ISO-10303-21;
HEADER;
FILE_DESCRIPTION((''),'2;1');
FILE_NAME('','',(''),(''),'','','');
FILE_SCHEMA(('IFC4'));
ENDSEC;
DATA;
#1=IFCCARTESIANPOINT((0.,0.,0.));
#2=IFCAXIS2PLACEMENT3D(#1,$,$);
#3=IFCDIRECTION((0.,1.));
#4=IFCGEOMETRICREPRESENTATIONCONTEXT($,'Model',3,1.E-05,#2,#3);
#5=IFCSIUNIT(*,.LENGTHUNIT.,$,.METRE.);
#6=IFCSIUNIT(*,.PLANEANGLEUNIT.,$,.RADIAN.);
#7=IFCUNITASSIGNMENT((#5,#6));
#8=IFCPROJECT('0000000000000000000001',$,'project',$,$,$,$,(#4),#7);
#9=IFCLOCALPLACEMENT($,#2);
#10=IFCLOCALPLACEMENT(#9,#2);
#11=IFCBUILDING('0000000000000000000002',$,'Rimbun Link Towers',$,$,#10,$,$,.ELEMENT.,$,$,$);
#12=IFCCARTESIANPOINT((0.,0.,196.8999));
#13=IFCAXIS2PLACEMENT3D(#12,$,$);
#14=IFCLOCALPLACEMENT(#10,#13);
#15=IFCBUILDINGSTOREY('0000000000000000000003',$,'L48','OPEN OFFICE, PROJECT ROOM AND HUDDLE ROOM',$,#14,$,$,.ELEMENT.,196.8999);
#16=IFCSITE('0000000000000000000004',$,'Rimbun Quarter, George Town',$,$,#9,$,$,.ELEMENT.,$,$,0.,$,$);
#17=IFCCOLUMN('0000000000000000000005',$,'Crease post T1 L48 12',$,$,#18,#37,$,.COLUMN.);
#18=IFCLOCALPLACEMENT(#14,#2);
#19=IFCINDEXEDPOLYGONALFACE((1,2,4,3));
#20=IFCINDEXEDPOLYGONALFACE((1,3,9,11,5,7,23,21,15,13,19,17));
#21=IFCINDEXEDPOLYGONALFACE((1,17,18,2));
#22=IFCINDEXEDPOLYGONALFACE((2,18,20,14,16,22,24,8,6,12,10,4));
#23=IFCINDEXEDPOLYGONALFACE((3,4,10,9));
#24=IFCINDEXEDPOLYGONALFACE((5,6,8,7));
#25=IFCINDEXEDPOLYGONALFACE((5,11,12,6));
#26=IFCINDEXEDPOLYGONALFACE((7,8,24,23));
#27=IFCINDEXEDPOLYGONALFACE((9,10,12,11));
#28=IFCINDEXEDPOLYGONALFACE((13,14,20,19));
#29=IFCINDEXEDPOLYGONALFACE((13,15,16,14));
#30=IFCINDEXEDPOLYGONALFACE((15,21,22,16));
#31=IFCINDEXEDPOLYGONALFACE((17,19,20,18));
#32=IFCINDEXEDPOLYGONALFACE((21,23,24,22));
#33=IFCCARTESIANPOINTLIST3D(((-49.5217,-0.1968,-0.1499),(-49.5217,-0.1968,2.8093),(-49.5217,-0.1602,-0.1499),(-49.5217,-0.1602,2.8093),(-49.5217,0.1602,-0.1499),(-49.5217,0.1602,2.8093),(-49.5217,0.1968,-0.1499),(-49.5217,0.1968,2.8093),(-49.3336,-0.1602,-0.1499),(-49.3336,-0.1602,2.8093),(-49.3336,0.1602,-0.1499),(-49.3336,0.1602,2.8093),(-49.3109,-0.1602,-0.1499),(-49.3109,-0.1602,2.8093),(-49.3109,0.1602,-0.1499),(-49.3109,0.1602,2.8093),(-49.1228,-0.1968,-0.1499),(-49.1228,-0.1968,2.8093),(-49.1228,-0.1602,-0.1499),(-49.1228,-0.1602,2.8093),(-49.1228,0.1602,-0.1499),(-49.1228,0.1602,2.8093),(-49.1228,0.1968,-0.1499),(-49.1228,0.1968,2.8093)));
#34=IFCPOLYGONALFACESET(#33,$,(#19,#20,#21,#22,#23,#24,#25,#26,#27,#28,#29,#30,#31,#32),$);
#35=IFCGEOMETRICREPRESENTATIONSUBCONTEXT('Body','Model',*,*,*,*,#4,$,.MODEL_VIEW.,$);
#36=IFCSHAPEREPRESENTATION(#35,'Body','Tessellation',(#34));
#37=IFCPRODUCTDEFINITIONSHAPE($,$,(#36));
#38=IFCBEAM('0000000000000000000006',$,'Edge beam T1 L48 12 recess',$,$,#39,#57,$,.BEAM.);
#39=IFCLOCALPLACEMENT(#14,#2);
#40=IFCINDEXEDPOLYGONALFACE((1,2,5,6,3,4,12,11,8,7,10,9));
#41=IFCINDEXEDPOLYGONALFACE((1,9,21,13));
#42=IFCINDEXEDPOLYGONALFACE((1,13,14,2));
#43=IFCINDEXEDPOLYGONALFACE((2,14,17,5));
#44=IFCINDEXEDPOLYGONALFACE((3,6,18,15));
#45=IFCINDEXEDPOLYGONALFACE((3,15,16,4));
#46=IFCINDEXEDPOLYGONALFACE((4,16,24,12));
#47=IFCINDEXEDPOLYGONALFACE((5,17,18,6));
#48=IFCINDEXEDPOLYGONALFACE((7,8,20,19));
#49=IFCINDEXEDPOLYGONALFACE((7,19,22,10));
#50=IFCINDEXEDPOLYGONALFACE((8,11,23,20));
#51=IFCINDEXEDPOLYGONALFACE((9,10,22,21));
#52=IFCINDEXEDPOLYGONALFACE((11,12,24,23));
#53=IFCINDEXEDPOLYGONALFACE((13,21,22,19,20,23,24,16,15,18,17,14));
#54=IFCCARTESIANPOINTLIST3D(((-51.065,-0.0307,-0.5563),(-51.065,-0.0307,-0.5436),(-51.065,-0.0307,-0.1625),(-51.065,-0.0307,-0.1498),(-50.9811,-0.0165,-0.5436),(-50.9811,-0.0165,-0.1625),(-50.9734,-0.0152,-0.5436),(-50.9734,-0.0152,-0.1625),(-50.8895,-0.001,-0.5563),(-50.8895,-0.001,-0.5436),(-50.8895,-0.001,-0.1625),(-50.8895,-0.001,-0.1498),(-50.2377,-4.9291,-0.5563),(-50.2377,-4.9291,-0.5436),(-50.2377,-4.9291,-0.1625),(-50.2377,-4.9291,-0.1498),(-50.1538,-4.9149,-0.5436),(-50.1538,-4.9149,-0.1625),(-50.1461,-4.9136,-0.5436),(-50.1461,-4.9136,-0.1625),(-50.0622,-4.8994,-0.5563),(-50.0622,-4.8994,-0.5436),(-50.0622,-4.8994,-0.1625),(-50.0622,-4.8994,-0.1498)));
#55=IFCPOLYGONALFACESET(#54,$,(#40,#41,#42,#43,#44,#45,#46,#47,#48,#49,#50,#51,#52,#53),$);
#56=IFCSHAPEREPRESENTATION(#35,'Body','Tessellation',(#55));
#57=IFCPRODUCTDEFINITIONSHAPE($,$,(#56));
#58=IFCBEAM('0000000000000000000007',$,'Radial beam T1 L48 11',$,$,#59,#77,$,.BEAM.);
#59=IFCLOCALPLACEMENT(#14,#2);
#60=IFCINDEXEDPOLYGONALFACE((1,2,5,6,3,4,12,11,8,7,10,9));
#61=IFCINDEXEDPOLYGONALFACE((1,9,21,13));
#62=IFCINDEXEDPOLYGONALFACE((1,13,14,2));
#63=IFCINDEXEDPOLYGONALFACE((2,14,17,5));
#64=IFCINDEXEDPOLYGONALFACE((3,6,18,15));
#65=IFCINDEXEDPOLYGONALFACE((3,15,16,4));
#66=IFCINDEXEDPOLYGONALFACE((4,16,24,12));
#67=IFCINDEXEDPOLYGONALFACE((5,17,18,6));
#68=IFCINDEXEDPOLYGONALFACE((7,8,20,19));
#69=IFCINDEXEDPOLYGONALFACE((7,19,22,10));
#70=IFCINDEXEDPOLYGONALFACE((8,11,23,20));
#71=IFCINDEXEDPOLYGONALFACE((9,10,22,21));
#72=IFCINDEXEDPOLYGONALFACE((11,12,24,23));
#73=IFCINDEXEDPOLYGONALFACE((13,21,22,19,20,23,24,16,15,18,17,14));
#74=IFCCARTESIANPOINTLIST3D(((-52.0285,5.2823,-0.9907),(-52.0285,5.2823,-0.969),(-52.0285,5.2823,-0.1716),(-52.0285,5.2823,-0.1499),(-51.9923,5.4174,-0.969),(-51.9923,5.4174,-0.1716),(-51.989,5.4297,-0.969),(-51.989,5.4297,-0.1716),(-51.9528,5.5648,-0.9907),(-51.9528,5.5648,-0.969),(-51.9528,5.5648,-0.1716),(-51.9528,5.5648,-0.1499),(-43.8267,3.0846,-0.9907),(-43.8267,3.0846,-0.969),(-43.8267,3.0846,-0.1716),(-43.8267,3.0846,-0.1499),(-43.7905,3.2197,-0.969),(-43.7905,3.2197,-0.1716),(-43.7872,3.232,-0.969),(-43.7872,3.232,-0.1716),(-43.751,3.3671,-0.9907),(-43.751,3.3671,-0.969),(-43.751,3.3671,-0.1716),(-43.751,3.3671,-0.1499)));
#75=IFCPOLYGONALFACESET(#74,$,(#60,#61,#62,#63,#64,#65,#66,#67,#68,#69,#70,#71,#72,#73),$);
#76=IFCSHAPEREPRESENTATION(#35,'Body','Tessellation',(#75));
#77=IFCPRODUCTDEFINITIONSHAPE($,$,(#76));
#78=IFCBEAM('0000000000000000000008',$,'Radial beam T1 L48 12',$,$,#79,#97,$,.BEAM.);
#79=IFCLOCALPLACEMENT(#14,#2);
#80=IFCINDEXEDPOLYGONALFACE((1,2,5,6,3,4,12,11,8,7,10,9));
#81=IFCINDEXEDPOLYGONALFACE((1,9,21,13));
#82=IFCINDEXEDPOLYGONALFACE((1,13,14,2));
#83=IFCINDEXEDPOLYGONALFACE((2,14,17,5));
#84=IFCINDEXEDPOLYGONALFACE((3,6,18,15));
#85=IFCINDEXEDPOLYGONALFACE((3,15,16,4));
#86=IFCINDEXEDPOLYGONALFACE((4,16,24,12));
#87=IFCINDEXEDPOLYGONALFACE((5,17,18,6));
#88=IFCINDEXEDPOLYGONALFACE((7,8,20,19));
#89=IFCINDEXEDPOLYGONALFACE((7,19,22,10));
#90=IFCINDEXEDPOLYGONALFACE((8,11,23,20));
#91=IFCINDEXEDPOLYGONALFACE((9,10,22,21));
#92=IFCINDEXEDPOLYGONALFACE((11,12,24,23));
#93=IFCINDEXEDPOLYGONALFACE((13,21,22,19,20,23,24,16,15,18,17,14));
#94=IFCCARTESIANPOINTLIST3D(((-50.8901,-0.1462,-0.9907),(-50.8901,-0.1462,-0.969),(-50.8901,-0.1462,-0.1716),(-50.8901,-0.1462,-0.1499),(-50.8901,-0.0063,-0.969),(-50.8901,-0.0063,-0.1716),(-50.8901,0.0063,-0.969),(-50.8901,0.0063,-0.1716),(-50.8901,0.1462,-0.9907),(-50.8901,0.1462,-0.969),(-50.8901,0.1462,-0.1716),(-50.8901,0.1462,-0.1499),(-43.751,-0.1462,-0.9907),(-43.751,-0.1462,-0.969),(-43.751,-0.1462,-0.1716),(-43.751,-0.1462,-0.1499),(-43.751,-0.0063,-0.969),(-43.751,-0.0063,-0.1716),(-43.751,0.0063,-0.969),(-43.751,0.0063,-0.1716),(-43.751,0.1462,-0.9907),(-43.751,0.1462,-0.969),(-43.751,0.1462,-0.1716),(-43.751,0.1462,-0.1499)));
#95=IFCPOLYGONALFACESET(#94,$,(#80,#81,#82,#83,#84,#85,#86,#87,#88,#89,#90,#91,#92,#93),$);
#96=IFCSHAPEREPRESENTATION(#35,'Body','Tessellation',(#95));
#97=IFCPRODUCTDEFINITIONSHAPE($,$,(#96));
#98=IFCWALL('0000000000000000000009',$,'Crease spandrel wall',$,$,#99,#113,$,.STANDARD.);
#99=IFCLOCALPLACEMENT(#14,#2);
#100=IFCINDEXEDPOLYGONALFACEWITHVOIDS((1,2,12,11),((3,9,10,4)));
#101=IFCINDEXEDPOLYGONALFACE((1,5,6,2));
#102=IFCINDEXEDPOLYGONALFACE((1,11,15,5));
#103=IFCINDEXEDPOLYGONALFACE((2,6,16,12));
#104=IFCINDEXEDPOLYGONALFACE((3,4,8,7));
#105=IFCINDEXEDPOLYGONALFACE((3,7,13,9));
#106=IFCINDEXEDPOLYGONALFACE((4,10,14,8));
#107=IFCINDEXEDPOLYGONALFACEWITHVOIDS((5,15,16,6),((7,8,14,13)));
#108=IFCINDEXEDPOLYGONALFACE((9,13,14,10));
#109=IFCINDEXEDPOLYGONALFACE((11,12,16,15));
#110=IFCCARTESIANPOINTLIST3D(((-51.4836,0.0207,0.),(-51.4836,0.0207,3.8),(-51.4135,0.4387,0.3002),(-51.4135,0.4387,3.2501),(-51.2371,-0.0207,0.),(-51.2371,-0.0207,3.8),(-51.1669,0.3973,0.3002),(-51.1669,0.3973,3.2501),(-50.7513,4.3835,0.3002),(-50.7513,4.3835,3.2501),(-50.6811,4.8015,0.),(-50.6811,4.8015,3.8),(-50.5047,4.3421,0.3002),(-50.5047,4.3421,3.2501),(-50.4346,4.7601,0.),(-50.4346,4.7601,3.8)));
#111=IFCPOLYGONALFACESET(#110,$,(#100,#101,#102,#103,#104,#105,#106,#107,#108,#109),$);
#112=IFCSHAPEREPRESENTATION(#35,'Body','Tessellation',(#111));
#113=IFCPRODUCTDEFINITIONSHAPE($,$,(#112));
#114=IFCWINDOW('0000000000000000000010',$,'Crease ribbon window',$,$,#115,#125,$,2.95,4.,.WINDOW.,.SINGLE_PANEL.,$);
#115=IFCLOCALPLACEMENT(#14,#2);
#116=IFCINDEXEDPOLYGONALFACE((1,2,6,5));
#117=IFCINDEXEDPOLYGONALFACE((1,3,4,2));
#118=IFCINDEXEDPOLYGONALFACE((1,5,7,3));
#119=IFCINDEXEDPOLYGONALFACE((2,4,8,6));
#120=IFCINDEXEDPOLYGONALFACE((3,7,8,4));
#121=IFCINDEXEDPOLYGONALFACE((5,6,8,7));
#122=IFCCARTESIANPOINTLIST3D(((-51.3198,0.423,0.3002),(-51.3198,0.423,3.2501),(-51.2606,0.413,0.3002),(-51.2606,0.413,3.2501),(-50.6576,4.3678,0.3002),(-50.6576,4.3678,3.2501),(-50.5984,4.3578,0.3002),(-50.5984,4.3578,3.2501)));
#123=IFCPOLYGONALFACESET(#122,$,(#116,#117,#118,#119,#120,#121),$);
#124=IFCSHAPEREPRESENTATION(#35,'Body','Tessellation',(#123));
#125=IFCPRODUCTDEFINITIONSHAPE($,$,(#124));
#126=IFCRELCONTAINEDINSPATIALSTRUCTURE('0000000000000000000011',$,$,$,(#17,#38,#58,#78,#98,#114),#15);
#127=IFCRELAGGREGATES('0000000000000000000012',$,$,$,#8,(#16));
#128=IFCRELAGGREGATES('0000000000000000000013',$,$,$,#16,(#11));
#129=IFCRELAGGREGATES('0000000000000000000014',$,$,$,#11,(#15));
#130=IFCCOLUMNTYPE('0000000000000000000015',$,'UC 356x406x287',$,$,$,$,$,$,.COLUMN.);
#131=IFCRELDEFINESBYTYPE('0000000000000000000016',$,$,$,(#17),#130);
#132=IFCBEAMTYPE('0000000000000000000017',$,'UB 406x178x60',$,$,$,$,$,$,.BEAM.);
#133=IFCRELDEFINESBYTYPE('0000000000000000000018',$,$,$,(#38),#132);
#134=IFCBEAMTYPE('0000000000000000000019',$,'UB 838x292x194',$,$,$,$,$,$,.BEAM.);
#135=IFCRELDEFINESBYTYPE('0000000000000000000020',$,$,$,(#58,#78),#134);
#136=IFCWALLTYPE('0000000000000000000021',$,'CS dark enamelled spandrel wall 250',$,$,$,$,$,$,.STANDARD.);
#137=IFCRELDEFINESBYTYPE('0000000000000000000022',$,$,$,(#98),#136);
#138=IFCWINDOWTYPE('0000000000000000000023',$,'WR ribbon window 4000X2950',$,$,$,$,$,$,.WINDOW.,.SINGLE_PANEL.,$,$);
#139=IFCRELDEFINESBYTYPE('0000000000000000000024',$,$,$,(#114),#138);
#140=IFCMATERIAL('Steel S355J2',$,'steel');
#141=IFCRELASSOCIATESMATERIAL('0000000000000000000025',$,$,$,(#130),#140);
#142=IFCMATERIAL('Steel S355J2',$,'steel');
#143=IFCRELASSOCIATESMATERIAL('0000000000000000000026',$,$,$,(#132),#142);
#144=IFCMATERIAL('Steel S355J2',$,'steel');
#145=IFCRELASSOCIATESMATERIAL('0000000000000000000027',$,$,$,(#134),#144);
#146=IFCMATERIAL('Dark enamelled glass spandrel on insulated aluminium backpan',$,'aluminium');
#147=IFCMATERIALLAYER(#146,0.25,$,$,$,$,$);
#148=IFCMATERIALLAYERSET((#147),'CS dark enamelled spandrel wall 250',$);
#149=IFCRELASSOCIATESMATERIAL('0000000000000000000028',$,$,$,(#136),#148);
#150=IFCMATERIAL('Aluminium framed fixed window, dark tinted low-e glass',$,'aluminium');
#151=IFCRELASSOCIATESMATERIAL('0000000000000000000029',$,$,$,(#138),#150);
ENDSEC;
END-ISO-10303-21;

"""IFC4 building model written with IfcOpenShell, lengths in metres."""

from ifc_helpers import new_model, si_unit, direction, frame, frame_2d, origin, origin_2d, place, context, subcontext, project, spatial, rectangle, i_section, extrude, material, layer, layer_set, material_profile, profile_set, type_object, element, fill, save


model = new_model("IFC4")

# Units and contexts
model_context = context("Model", 3, precision=1e-05, world=origin(), true_north=direction((0.0, 1.0)))
body_context = subcontext(model_context, "Body", "Model", "MODEL_VIEW")
ifc_project = project(units=[si_unit("LENGTHUNIT", "METRE"), si_unit("PLANEANGLEUNIT", "RADIAN")], contexts=[model_context])

# Site, building, storey
site_placement = place(None, origin())
site = spatial("IfcSite", under=ifc_project, at=site_placement, Name="Rimbun Quarter, George Town", CompositionType="ELEMENT", RefElevation=0.0)
building_placement = place(site_placement, origin())
building = spatial("IfcBuilding", under=site, at=building_placement, Name="Rimbun Link Towers", CompositionType="ELEMENT")
storey_placement = place(building_placement, frame((0.0, 0.0, 196.8999)))
storey = spatial("IfcBuildingStorey", under=building, at=storey_placement, Name="L48", Description="OPEN OFFICE, PROJECT ROOM AND HUDDLE ROOM", CompositionType="ELEMENT", Elevation=196.8999)

# Column
ifc_material_1 = material(Name="Steel S355J2", Category="steel")
ifc_material_profile_1 = material_profile(ifc_material_1, i_section(OverallWidth=0.3989, OverallDepth=0.3936, WebThickness=0.0227, FlangeThickness=0.0366, at=origin_2d()), Name="UC 356x406x287")
ifc_profile_set_1 = profile_set([ifc_material_profile_1], Name="Steel S355J2")
column_type = type_object("IfcColumnType", Name="UC 356x406x287", PredefinedType="COLUMN", material=ifc_profile_set_1)
column_placement = place(storey_placement, frame((-49.3223, 0.0, -0.1499), z_axis=(0.0, 0.0, 1.0), x_axis=(1.0, 0.0, 0.0)))
element("IfcColumn", 1, at=column_placement, inside=storey, type_object=column_type, Name="Crease post T1 L48 12", PredefinedType="COLUMN", context=body_context, shape_type="SweptSolid", body=[
    extrude(i_section(OverallWidth=0.3989, OverallDepth=0.3936, WebThickness=0.0227, FlangeThickness=0.0366, at=origin_2d()), origin(), (0.0, 0.0, 1.0), 2.9592),
])

# Beams
ifc_material_2 = material(Name="Steel S355J2", Category="steel")
ifc_material_profile_2 = material_profile(ifc_material_2, i_section(OverallWidth=0.178, OverallDepth=0.4065, WebThickness=0.0078, FlangeThickness=0.0127, at=origin_2d()), Name="UB 406x178x60")
ifc_profile_set_2 = profile_set([ifc_material_profile_2], Name="Steel S355J2")
beam_type_1 = type_object("IfcBeamType", Name="UB 406x178x60", PredefinedType="BEAM", material=ifc_profile_set_2)
beam_1_placement = place(storey_placement, frame((-50.9773, -0.0159, -0.353), z_axis=(0.16655, -0.986033, 0.0), x_axis=(0.986033, 0.16655, 0.0)))
element("IfcBeam", 2, at=beam_1_placement, inside=storey, type_object=beam_type_1, Name="Edge beam T1 L48 12 recess", PredefinedType="BEAM", context=body_context, shape_type="SweptSolid", body=[
    extrude(i_section(OverallWidth=0.178, OverallDepth=0.4065, WebThickness=0.0078, FlangeThickness=0.0127, at=origin_2d()), origin(), (0.0, 0.0, 1.0), 4.9678),
])
ifc_material_3 = material(Name="Steel S355J2", Category="steel")
ifc_material_profile_3 = material_profile(ifc_material_3, i_section(OverallWidth=0.2925, OverallDepth=0.8408, WebThickness=0.0127, FlangeThickness=0.0217, at=origin_2d()), Name="UB 838x292x194")
ifc_profile_set_3 = profile_set([ifc_material_profile_3], Name="Steel S355J2")
beam_type_2 = type_object("IfcBeamType", Name="UB 838x292x194", PredefinedType="BEAM", material=ifc_profile_set_3)
beam_2_placement = place(storey_placement, frame((-43.7888, 3.2258, -0.5703), z_axis=(-0.965924, 0.258826, 0.0), x_axis=(-0.258826, -0.965924, 0.0)))
element("IfcBeam", 3, at=beam_2_placement, inside=storey, type_object=beam_type_2, Name="Radial beam T1 L48 11", PredefinedType="BEAM", context=body_context, shape_type="SweptSolid", body=[
    extrude(i_section(OverallWidth=0.2925, OverallDepth=0.8408, WebThickness=0.0127, FlangeThickness=0.0217, at=origin_2d()), origin(), (0.0, 0.0, 1.0), 8.4912),
])
beam_3_placement = place(storey_placement, frame((-43.751, 0.0, -0.5703), z_axis=(-1.0, 0.0, 0.0), x_axis=(0.0, -1.0, 0.0)))
element("IfcBeam", 4, at=beam_3_placement, inside=storey, type_object=beam_type_2, Name="Radial beam T1 L48 12", PredefinedType="BEAM", context=body_context, shape_type="SweptSolid", body=[
    extrude(i_section(OverallWidth=0.2925, OverallDepth=0.8408, WebThickness=0.0127, FlangeThickness=0.0217, at=origin_2d()), origin(), (0.0, 0.0, 1.0), 7.1392),
])

# Wall, opening, window
ifc_material_4 = material(Name="Dark enamelled glass spandrel on insulated aluminium backpan", Category="aluminium")
ifc_layer_1 = layer(ifc_material_4, 0.25)
ifc_layer_set_1 = layer_set([ifc_layer_1], Name="CS dark enamelled spandrel wall 250")
wall_type_1 = type_object("IfcWallType", Name="CS dark enamelled spandrel wall 250", PredefinedType="STANDARD", material=ifc_layer_set_1)
wall_1_placement = place(storey_placement, frame((-51.3604, 0.0, 0.0), z_axis=(0.0, 0.0, 1.0), x_axis=(0.165542, 0.986203, 0.0)))
wall_1 = element("IfcWall", 5, at=wall_1_placement, inside=storey, type_object=wall_type_1, Name="Crease spandrel wall", PredefinedType="STANDARD", context=body_context, shape_type="SweptSolid", body=[
    extrude(rectangle(XDim=4.8477, YDim=0.25, at=frame_2d((2.4238, 0.0))), origin(), (0.0, 0.0, 1.0), 3.8),
])
opening_1_placement = place(wall_1_placement, frame((0.4238, 0.0, 0.3)))
opening_1 = element("IfcOpeningElement", 6, at=opening_1_placement, cuts=wall_1, PredefinedType="OPENING", context=body_context, shape_type="SweptSolid", body=[
    extrude(rectangle(XDim=4.0, YDim=2.95, at=frame_2d((2.0, 1.4751))), frame((0.0, 0.135, 0.0), z_axis=(0.0, -1.0, 0.0), x_axis=(1.0, 0.0, 0.0)), (0.0, 0.0, 1.0), 0.27),
])
ifc_material_5 = material(Name="Aluminium framed fixed window, dark tinted low-e glass", Category="aluminium")
window_type = type_object("IfcWindowType", Name="WR ribbon window 4000X2950", PartitioningType="SINGLE_PANEL", PredefinedType="WINDOW", material=ifc_material_5)
window_placement = place(opening_1_placement, origin())
window = element("IfcWindow", 7, at=window_placement, inside=storey, type_object=window_type, Name="Crease ribbon window", OverallHeight=2.95, OverallWidth=4.0, PartitioningType="SINGLE_PANEL", PredefinedType="WINDOW", context=body_context, shape_type="SweptSolid", body=[
    extrude(rectangle(XDim=4.0, YDim=2.95, at=frame_2d((2.0, 1.4751))), frame((0.0, 0.03, 0.0), z_axis=(0.0, -1.0, 0.0), x_axis=(1.0, 0.0, 0.0)), (0.0, 0.0, 1.0), 0.0601),
])
fill(opening_1, window)

save(model, "model.ifc")
